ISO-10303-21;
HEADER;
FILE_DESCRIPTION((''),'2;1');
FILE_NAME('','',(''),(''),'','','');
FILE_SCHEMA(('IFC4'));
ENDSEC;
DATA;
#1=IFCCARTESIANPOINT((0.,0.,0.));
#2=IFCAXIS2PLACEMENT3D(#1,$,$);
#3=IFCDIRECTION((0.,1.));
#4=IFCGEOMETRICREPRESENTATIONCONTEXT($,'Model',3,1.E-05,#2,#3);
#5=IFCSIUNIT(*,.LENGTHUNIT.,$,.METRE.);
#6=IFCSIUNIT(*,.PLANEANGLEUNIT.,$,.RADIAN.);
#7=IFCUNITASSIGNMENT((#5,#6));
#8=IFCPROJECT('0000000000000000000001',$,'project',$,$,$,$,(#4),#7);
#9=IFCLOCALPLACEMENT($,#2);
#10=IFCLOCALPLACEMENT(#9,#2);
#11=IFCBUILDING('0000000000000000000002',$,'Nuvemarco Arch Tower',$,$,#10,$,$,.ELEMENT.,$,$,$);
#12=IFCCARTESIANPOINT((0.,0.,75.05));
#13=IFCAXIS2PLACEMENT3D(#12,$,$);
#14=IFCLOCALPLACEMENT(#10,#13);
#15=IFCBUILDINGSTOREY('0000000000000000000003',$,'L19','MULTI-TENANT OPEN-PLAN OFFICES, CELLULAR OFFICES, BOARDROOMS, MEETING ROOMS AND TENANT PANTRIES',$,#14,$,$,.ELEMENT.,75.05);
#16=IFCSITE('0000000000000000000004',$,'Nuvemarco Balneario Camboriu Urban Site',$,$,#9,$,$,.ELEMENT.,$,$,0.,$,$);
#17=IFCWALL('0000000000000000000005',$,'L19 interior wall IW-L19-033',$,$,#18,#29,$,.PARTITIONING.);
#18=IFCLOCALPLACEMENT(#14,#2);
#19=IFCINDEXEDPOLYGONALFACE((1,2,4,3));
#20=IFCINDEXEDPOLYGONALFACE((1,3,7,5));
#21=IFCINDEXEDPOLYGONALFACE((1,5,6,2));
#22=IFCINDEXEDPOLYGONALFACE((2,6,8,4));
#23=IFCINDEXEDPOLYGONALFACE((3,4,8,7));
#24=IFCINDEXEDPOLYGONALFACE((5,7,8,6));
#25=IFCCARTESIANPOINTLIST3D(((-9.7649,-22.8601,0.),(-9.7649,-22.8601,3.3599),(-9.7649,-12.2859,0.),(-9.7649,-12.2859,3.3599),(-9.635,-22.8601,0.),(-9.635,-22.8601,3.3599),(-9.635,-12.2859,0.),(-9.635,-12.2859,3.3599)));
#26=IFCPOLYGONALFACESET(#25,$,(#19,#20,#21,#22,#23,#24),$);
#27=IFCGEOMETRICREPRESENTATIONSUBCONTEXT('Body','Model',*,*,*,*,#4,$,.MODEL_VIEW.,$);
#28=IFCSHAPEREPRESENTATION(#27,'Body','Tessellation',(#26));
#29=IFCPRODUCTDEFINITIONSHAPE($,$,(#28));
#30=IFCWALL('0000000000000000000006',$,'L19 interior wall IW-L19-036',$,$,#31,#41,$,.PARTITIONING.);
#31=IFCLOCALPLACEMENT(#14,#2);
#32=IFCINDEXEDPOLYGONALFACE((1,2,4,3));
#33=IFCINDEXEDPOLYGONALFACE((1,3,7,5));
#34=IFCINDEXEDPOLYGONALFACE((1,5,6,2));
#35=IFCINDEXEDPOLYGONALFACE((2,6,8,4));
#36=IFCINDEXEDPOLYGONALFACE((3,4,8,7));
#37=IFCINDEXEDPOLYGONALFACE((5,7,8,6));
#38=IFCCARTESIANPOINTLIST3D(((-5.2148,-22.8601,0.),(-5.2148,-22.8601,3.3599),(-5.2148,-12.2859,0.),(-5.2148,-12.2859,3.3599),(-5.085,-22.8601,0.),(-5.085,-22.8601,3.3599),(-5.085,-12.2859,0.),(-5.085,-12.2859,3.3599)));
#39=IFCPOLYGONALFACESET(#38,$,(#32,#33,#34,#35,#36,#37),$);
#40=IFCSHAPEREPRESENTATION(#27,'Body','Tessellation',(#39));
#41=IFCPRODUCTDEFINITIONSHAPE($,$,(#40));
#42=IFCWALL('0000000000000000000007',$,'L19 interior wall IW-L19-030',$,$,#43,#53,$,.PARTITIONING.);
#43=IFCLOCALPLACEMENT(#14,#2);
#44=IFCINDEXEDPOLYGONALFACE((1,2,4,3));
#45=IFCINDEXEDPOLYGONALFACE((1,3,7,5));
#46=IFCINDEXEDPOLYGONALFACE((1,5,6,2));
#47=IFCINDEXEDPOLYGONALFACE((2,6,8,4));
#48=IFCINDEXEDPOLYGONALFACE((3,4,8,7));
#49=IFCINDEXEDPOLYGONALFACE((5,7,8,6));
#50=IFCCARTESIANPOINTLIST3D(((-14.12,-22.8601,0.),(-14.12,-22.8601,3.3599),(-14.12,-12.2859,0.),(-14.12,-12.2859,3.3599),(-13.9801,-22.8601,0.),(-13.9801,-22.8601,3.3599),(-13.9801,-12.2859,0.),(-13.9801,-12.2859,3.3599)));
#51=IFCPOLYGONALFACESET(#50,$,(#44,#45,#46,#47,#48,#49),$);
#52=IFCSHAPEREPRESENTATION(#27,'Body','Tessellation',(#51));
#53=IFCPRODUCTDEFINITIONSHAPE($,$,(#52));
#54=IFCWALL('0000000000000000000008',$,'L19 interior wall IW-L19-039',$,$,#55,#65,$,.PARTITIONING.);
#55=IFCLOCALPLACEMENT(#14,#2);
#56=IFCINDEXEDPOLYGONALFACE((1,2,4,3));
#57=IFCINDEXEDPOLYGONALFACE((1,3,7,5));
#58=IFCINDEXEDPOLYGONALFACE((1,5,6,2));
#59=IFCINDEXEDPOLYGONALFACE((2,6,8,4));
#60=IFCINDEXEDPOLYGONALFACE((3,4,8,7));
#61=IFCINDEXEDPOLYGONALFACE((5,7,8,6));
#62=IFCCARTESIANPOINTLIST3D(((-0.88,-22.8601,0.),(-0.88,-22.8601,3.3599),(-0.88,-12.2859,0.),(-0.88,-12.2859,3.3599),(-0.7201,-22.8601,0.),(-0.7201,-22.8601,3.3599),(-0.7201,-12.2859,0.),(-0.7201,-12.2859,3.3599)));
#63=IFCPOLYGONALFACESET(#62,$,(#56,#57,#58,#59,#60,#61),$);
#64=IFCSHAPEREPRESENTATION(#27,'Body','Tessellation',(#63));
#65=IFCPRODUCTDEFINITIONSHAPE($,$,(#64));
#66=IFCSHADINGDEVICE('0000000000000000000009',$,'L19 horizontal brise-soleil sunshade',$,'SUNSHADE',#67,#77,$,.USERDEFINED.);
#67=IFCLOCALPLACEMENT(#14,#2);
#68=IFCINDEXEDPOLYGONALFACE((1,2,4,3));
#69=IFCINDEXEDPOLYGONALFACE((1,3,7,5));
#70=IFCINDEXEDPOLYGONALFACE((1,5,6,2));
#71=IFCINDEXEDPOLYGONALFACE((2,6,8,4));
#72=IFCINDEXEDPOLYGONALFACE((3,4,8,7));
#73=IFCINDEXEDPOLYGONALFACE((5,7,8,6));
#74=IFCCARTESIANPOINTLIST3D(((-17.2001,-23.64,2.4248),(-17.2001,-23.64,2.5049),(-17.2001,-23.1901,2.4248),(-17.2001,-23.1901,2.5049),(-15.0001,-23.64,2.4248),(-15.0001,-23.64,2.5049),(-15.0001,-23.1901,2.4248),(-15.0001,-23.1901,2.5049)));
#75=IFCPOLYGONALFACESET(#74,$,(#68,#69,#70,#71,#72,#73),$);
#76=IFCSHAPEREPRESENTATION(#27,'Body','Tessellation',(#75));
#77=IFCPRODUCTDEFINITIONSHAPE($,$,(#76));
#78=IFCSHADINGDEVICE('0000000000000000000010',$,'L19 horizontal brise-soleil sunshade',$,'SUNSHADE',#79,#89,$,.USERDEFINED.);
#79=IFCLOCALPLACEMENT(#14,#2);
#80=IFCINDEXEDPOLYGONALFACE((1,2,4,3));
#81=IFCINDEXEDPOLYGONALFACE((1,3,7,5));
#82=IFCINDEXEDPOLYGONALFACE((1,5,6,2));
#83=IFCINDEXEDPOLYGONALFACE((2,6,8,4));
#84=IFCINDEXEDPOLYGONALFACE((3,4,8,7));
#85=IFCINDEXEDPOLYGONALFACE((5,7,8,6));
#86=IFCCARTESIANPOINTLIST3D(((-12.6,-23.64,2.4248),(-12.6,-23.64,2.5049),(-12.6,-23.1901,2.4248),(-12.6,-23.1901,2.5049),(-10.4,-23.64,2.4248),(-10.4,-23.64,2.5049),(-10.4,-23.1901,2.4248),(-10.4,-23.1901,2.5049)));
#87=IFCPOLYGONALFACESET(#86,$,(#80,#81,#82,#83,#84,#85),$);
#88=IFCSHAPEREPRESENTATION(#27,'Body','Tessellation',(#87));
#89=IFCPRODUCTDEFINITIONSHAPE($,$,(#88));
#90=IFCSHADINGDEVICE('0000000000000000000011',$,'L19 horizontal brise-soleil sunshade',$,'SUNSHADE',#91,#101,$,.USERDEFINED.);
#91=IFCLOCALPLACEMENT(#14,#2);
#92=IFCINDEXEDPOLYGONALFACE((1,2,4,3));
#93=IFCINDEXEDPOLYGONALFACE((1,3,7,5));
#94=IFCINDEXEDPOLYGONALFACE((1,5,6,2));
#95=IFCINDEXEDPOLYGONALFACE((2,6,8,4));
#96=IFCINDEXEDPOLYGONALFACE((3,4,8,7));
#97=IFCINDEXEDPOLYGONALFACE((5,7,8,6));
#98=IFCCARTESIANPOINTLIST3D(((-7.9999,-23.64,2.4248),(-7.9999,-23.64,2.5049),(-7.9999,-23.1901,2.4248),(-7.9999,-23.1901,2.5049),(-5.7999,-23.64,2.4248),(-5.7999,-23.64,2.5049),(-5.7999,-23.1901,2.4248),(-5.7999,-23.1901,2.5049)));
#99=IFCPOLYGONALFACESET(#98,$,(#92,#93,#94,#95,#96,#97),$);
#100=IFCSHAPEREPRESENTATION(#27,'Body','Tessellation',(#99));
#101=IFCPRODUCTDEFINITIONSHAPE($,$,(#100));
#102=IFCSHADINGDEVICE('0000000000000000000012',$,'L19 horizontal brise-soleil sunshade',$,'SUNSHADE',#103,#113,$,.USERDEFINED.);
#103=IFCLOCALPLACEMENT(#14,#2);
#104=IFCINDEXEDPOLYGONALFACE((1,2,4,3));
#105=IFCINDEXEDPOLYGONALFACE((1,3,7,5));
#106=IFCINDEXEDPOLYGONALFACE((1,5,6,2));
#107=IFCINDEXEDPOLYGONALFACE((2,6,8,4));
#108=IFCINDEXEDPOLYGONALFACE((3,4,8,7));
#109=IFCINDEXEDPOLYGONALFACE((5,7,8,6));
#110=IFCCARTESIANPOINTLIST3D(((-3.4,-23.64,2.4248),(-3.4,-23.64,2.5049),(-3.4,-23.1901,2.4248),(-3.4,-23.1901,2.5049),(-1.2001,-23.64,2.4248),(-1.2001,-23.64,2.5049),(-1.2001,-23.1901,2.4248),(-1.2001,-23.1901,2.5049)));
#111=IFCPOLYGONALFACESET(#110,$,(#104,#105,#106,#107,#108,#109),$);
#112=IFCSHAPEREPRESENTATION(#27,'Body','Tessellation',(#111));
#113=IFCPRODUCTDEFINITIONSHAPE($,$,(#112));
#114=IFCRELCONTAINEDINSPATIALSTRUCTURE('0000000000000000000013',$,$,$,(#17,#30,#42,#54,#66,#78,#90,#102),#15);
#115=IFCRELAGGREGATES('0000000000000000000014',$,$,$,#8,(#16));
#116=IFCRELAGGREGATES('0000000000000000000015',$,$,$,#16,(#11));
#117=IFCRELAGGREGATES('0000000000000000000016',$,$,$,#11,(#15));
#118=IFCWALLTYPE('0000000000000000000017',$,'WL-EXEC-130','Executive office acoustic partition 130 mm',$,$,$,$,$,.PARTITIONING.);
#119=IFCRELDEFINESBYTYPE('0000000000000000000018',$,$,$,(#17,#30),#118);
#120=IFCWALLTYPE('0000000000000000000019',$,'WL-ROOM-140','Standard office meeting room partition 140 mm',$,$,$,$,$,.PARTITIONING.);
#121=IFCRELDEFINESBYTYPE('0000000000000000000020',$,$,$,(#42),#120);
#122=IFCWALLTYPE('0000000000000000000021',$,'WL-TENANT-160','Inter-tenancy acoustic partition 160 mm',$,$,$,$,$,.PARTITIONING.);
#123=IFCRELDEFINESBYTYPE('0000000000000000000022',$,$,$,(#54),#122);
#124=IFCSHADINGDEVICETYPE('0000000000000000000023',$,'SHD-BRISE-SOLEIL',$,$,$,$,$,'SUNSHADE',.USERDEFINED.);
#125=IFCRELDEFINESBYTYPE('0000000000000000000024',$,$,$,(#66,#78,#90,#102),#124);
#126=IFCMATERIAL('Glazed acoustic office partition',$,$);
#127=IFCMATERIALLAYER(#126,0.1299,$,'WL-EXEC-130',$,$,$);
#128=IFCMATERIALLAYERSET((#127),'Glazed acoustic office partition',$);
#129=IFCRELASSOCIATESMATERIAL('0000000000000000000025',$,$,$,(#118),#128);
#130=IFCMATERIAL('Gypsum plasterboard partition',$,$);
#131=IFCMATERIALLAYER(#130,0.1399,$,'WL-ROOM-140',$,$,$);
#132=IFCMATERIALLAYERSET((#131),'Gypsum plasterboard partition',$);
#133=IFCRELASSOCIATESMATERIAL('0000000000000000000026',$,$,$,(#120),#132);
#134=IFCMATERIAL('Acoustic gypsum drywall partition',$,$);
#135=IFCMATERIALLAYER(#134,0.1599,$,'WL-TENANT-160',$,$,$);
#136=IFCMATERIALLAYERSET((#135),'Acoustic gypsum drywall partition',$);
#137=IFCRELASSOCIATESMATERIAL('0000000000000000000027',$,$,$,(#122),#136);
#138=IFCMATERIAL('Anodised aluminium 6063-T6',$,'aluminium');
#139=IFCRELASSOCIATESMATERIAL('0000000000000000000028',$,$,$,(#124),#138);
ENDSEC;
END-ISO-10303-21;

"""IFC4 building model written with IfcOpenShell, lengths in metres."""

from ifc_helpers import new_model, si_unit, direction, frame, frame_2d, origin, origin_2d, place, context, subcontext, project, spatial, rectangle, extrude, source, transform, mapped, material, layer, layer_set, type_object, type_shapes, element, save


model = new_model("IFC4")

# Units and contexts
model_context = context("Model", 3, precision=1e-05, world=origin(), true_north=direction((0.0, 1.0)))
body_context = subcontext(model_context, "Body", "Model", "MODEL_VIEW")
ifc_project = project(units=[si_unit("LENGTHUNIT", "METRE"), si_unit("PLANEANGLEUNIT", "RADIAN")], contexts=[model_context])

# Site, building, storey
site_placement = place(None, origin())
site = spatial("IfcSite", under=ifc_project, at=site_placement, Name="Nuvemarco Balneario Camboriu Urban Site", CompositionType="ELEMENT", RefElevation=0.0)
building_placement = place(site_placement, origin())
building = spatial("IfcBuilding", under=site, at=building_placement, Name="Nuvemarco Arch Tower", CompositionType="ELEMENT")
storey_placement = place(building_placement, frame((0.0, 0.0, 75.05)))
storey = spatial("IfcBuildingStorey", under=building, at=storey_placement, Name="L19", Description="MULTI-TENANT OPEN-PLAN OFFICES, CELLULAR OFFICES, BOARDROOMS, MEETING ROOMS AND TENANT PANTRIES", CompositionType="ELEMENT", Elevation=75.05)

# Walls
ifc_material_1 = material(Name="Glazed acoustic office partition")
ifc_layer_1 = layer(ifc_material_1, 0.1299, Name="WL-EXEC-130")
ifc_layer_set_1 = layer_set([ifc_layer_1], Name="Glazed acoustic office partition")
wall_type_1 = type_object("IfcWallType", Name="WL-EXEC-130", Description="Executive office acoustic partition 130 mm", PredefinedType="PARTITIONING", material=ifc_layer_set_1)
for number, where, z_axis, x_axis, name in (
    (1, (-9.7, -22.8601, 0.0), (0.0, 0.0, 1.0), (0.0, 1.0, 0.0), "L19 interior wall IW-L19-033"),
    (2, (-5.1499, -22.8601, 0.0), (0.0, 0.0, 1.0), (0.0, 1.0, 0.0), "L19 interior wall IW-L19-036"),
):
    element("IfcWall", number, at=place(storey_placement, frame(where, z_axis=z_axis, x_axis=x_axis)), inside=storey, type_object=wall_type_1, Name=name, PredefinedType="PARTITIONING", context=body_context, shape_type="SweptSolid", body=[
        extrude(rectangle(XDim=10.5742, YDim=0.1299, at=frame_2d((5.2871, 0.0))), origin(), (0.0, 0.0, 1.0), 3.3599),
    ])
ifc_material_2 = material(Name="Gypsum plasterboard partition")
ifc_layer_2 = layer(ifc_material_2, 0.1399, Name="WL-ROOM-140")
ifc_layer_set_2 = layer_set([ifc_layer_2], Name="Gypsum plasterboard partition")
wall_type_2 = type_object("IfcWallType", Name="WL-ROOM-140", Description="Standard office meeting room partition 140 mm", PredefinedType="PARTITIONING", material=ifc_layer_set_2)
wall_1_placement = place(storey_placement, frame((-14.05, -22.8601, 0.0), z_axis=(0.0, 0.0, 1.0), x_axis=(0.0, 1.0, 0.0)))
element("IfcWall", 3, at=wall_1_placement, inside=storey, type_object=wall_type_2, Name="L19 interior wall IW-L19-030", PredefinedType="PARTITIONING", context=body_context, shape_type="SweptSolid", body=[
    extrude(rectangle(XDim=10.5742, YDim=0.1399, at=frame_2d((5.2871, 0.0))), origin(), (0.0, 0.0, 1.0), 3.3599),
])
ifc_material_3 = material(Name="Acoustic gypsum drywall partition")
ifc_layer_3 = layer(ifc_material_3, 0.1599, Name="WL-TENANT-160")
ifc_layer_set_3 = layer_set([ifc_layer_3], Name="Acoustic gypsum drywall partition")
wall_type_3 = type_object("IfcWallType", Name="WL-TENANT-160", Description="Inter-tenancy acoustic partition 160 mm", PredefinedType="PARTITIONING", material=ifc_layer_set_3)
wall_2_placement = place(storey_placement, frame((-0.8, -22.8601, 0.0), z_axis=(0.0, 0.0, 1.0), x_axis=(0.0, 1.0, 0.0)))
element("IfcWall", 4, at=wall_2_placement, inside=storey, type_object=wall_type_3, Name="L19 interior wall IW-L19-039", PredefinedType="PARTITIONING", context=body_context, shape_type="SweptSolid", body=[
    extrude(rectangle(XDim=10.5742, YDim=0.1599, at=frame_2d((5.2871, 0.0))), origin(), (0.0, 0.0, 1.0), 3.3599),
])

# Shading devices
ifc_material_4 = material(Name="Anodised aluminium 6063-T6", Category="aluminium")
shading_device_type = type_object("IfcShadingDeviceType", Name="SHD-BRISE-SOLEIL", ElementType="SUNSHADE", PredefinedType="USERDEFINED", material=ifc_material_4)
shared_shape_1 = source(origin(), body_context, "Body", "SweptSolid", [
    extrude(rectangle(XDim=2.2, YDim=0.45, at=origin_2d()), origin(), (0.0, 0.0, 1.0), 0.0801),
])
type_shapes(shading_device_type, [shared_shape_1])
for number, where, z_axis, x_axis, name in (
    (5, (-16.1001, -23.415, 2.4248), (0.0, 0.0, 1.0), (1.0, 0.0, 0.0), "L19 horizontal brise-soleil sunshade"),
    (6, (-11.5, -23.415, 2.4248), (0.0, 0.0, 1.0), (1.0, 0.0, 0.0), "L19 horizontal brise-soleil sunshade"),
    (7, (-6.8999, -23.415, 2.4248), (0.0, 0.0, 1.0), (1.0, 0.0, 0.0), "L19 horizontal brise-soleil sunshade"),
    (8, (-2.3, -23.415, 2.4248), (0.0, 0.0, 1.0), (1.0, 0.0, 0.0), "L19 horizontal brise-soleil sunshade"),
):
    element("IfcShadingDevice", number, at=place(storey_placement, frame(where, z_axis=z_axis, x_axis=x_axis)), inside=storey, type_object=shading_device_type, Name=name, ObjectType="SUNSHADE", PredefinedType="USERDEFINED", context=body_context, shape_type="MappedRepresentation", body=[
        mapped(shared_shape_1, transform((0.0, 0.0, 0.0), scale=1.0)),
    ])

save(model, "model.ifc")
